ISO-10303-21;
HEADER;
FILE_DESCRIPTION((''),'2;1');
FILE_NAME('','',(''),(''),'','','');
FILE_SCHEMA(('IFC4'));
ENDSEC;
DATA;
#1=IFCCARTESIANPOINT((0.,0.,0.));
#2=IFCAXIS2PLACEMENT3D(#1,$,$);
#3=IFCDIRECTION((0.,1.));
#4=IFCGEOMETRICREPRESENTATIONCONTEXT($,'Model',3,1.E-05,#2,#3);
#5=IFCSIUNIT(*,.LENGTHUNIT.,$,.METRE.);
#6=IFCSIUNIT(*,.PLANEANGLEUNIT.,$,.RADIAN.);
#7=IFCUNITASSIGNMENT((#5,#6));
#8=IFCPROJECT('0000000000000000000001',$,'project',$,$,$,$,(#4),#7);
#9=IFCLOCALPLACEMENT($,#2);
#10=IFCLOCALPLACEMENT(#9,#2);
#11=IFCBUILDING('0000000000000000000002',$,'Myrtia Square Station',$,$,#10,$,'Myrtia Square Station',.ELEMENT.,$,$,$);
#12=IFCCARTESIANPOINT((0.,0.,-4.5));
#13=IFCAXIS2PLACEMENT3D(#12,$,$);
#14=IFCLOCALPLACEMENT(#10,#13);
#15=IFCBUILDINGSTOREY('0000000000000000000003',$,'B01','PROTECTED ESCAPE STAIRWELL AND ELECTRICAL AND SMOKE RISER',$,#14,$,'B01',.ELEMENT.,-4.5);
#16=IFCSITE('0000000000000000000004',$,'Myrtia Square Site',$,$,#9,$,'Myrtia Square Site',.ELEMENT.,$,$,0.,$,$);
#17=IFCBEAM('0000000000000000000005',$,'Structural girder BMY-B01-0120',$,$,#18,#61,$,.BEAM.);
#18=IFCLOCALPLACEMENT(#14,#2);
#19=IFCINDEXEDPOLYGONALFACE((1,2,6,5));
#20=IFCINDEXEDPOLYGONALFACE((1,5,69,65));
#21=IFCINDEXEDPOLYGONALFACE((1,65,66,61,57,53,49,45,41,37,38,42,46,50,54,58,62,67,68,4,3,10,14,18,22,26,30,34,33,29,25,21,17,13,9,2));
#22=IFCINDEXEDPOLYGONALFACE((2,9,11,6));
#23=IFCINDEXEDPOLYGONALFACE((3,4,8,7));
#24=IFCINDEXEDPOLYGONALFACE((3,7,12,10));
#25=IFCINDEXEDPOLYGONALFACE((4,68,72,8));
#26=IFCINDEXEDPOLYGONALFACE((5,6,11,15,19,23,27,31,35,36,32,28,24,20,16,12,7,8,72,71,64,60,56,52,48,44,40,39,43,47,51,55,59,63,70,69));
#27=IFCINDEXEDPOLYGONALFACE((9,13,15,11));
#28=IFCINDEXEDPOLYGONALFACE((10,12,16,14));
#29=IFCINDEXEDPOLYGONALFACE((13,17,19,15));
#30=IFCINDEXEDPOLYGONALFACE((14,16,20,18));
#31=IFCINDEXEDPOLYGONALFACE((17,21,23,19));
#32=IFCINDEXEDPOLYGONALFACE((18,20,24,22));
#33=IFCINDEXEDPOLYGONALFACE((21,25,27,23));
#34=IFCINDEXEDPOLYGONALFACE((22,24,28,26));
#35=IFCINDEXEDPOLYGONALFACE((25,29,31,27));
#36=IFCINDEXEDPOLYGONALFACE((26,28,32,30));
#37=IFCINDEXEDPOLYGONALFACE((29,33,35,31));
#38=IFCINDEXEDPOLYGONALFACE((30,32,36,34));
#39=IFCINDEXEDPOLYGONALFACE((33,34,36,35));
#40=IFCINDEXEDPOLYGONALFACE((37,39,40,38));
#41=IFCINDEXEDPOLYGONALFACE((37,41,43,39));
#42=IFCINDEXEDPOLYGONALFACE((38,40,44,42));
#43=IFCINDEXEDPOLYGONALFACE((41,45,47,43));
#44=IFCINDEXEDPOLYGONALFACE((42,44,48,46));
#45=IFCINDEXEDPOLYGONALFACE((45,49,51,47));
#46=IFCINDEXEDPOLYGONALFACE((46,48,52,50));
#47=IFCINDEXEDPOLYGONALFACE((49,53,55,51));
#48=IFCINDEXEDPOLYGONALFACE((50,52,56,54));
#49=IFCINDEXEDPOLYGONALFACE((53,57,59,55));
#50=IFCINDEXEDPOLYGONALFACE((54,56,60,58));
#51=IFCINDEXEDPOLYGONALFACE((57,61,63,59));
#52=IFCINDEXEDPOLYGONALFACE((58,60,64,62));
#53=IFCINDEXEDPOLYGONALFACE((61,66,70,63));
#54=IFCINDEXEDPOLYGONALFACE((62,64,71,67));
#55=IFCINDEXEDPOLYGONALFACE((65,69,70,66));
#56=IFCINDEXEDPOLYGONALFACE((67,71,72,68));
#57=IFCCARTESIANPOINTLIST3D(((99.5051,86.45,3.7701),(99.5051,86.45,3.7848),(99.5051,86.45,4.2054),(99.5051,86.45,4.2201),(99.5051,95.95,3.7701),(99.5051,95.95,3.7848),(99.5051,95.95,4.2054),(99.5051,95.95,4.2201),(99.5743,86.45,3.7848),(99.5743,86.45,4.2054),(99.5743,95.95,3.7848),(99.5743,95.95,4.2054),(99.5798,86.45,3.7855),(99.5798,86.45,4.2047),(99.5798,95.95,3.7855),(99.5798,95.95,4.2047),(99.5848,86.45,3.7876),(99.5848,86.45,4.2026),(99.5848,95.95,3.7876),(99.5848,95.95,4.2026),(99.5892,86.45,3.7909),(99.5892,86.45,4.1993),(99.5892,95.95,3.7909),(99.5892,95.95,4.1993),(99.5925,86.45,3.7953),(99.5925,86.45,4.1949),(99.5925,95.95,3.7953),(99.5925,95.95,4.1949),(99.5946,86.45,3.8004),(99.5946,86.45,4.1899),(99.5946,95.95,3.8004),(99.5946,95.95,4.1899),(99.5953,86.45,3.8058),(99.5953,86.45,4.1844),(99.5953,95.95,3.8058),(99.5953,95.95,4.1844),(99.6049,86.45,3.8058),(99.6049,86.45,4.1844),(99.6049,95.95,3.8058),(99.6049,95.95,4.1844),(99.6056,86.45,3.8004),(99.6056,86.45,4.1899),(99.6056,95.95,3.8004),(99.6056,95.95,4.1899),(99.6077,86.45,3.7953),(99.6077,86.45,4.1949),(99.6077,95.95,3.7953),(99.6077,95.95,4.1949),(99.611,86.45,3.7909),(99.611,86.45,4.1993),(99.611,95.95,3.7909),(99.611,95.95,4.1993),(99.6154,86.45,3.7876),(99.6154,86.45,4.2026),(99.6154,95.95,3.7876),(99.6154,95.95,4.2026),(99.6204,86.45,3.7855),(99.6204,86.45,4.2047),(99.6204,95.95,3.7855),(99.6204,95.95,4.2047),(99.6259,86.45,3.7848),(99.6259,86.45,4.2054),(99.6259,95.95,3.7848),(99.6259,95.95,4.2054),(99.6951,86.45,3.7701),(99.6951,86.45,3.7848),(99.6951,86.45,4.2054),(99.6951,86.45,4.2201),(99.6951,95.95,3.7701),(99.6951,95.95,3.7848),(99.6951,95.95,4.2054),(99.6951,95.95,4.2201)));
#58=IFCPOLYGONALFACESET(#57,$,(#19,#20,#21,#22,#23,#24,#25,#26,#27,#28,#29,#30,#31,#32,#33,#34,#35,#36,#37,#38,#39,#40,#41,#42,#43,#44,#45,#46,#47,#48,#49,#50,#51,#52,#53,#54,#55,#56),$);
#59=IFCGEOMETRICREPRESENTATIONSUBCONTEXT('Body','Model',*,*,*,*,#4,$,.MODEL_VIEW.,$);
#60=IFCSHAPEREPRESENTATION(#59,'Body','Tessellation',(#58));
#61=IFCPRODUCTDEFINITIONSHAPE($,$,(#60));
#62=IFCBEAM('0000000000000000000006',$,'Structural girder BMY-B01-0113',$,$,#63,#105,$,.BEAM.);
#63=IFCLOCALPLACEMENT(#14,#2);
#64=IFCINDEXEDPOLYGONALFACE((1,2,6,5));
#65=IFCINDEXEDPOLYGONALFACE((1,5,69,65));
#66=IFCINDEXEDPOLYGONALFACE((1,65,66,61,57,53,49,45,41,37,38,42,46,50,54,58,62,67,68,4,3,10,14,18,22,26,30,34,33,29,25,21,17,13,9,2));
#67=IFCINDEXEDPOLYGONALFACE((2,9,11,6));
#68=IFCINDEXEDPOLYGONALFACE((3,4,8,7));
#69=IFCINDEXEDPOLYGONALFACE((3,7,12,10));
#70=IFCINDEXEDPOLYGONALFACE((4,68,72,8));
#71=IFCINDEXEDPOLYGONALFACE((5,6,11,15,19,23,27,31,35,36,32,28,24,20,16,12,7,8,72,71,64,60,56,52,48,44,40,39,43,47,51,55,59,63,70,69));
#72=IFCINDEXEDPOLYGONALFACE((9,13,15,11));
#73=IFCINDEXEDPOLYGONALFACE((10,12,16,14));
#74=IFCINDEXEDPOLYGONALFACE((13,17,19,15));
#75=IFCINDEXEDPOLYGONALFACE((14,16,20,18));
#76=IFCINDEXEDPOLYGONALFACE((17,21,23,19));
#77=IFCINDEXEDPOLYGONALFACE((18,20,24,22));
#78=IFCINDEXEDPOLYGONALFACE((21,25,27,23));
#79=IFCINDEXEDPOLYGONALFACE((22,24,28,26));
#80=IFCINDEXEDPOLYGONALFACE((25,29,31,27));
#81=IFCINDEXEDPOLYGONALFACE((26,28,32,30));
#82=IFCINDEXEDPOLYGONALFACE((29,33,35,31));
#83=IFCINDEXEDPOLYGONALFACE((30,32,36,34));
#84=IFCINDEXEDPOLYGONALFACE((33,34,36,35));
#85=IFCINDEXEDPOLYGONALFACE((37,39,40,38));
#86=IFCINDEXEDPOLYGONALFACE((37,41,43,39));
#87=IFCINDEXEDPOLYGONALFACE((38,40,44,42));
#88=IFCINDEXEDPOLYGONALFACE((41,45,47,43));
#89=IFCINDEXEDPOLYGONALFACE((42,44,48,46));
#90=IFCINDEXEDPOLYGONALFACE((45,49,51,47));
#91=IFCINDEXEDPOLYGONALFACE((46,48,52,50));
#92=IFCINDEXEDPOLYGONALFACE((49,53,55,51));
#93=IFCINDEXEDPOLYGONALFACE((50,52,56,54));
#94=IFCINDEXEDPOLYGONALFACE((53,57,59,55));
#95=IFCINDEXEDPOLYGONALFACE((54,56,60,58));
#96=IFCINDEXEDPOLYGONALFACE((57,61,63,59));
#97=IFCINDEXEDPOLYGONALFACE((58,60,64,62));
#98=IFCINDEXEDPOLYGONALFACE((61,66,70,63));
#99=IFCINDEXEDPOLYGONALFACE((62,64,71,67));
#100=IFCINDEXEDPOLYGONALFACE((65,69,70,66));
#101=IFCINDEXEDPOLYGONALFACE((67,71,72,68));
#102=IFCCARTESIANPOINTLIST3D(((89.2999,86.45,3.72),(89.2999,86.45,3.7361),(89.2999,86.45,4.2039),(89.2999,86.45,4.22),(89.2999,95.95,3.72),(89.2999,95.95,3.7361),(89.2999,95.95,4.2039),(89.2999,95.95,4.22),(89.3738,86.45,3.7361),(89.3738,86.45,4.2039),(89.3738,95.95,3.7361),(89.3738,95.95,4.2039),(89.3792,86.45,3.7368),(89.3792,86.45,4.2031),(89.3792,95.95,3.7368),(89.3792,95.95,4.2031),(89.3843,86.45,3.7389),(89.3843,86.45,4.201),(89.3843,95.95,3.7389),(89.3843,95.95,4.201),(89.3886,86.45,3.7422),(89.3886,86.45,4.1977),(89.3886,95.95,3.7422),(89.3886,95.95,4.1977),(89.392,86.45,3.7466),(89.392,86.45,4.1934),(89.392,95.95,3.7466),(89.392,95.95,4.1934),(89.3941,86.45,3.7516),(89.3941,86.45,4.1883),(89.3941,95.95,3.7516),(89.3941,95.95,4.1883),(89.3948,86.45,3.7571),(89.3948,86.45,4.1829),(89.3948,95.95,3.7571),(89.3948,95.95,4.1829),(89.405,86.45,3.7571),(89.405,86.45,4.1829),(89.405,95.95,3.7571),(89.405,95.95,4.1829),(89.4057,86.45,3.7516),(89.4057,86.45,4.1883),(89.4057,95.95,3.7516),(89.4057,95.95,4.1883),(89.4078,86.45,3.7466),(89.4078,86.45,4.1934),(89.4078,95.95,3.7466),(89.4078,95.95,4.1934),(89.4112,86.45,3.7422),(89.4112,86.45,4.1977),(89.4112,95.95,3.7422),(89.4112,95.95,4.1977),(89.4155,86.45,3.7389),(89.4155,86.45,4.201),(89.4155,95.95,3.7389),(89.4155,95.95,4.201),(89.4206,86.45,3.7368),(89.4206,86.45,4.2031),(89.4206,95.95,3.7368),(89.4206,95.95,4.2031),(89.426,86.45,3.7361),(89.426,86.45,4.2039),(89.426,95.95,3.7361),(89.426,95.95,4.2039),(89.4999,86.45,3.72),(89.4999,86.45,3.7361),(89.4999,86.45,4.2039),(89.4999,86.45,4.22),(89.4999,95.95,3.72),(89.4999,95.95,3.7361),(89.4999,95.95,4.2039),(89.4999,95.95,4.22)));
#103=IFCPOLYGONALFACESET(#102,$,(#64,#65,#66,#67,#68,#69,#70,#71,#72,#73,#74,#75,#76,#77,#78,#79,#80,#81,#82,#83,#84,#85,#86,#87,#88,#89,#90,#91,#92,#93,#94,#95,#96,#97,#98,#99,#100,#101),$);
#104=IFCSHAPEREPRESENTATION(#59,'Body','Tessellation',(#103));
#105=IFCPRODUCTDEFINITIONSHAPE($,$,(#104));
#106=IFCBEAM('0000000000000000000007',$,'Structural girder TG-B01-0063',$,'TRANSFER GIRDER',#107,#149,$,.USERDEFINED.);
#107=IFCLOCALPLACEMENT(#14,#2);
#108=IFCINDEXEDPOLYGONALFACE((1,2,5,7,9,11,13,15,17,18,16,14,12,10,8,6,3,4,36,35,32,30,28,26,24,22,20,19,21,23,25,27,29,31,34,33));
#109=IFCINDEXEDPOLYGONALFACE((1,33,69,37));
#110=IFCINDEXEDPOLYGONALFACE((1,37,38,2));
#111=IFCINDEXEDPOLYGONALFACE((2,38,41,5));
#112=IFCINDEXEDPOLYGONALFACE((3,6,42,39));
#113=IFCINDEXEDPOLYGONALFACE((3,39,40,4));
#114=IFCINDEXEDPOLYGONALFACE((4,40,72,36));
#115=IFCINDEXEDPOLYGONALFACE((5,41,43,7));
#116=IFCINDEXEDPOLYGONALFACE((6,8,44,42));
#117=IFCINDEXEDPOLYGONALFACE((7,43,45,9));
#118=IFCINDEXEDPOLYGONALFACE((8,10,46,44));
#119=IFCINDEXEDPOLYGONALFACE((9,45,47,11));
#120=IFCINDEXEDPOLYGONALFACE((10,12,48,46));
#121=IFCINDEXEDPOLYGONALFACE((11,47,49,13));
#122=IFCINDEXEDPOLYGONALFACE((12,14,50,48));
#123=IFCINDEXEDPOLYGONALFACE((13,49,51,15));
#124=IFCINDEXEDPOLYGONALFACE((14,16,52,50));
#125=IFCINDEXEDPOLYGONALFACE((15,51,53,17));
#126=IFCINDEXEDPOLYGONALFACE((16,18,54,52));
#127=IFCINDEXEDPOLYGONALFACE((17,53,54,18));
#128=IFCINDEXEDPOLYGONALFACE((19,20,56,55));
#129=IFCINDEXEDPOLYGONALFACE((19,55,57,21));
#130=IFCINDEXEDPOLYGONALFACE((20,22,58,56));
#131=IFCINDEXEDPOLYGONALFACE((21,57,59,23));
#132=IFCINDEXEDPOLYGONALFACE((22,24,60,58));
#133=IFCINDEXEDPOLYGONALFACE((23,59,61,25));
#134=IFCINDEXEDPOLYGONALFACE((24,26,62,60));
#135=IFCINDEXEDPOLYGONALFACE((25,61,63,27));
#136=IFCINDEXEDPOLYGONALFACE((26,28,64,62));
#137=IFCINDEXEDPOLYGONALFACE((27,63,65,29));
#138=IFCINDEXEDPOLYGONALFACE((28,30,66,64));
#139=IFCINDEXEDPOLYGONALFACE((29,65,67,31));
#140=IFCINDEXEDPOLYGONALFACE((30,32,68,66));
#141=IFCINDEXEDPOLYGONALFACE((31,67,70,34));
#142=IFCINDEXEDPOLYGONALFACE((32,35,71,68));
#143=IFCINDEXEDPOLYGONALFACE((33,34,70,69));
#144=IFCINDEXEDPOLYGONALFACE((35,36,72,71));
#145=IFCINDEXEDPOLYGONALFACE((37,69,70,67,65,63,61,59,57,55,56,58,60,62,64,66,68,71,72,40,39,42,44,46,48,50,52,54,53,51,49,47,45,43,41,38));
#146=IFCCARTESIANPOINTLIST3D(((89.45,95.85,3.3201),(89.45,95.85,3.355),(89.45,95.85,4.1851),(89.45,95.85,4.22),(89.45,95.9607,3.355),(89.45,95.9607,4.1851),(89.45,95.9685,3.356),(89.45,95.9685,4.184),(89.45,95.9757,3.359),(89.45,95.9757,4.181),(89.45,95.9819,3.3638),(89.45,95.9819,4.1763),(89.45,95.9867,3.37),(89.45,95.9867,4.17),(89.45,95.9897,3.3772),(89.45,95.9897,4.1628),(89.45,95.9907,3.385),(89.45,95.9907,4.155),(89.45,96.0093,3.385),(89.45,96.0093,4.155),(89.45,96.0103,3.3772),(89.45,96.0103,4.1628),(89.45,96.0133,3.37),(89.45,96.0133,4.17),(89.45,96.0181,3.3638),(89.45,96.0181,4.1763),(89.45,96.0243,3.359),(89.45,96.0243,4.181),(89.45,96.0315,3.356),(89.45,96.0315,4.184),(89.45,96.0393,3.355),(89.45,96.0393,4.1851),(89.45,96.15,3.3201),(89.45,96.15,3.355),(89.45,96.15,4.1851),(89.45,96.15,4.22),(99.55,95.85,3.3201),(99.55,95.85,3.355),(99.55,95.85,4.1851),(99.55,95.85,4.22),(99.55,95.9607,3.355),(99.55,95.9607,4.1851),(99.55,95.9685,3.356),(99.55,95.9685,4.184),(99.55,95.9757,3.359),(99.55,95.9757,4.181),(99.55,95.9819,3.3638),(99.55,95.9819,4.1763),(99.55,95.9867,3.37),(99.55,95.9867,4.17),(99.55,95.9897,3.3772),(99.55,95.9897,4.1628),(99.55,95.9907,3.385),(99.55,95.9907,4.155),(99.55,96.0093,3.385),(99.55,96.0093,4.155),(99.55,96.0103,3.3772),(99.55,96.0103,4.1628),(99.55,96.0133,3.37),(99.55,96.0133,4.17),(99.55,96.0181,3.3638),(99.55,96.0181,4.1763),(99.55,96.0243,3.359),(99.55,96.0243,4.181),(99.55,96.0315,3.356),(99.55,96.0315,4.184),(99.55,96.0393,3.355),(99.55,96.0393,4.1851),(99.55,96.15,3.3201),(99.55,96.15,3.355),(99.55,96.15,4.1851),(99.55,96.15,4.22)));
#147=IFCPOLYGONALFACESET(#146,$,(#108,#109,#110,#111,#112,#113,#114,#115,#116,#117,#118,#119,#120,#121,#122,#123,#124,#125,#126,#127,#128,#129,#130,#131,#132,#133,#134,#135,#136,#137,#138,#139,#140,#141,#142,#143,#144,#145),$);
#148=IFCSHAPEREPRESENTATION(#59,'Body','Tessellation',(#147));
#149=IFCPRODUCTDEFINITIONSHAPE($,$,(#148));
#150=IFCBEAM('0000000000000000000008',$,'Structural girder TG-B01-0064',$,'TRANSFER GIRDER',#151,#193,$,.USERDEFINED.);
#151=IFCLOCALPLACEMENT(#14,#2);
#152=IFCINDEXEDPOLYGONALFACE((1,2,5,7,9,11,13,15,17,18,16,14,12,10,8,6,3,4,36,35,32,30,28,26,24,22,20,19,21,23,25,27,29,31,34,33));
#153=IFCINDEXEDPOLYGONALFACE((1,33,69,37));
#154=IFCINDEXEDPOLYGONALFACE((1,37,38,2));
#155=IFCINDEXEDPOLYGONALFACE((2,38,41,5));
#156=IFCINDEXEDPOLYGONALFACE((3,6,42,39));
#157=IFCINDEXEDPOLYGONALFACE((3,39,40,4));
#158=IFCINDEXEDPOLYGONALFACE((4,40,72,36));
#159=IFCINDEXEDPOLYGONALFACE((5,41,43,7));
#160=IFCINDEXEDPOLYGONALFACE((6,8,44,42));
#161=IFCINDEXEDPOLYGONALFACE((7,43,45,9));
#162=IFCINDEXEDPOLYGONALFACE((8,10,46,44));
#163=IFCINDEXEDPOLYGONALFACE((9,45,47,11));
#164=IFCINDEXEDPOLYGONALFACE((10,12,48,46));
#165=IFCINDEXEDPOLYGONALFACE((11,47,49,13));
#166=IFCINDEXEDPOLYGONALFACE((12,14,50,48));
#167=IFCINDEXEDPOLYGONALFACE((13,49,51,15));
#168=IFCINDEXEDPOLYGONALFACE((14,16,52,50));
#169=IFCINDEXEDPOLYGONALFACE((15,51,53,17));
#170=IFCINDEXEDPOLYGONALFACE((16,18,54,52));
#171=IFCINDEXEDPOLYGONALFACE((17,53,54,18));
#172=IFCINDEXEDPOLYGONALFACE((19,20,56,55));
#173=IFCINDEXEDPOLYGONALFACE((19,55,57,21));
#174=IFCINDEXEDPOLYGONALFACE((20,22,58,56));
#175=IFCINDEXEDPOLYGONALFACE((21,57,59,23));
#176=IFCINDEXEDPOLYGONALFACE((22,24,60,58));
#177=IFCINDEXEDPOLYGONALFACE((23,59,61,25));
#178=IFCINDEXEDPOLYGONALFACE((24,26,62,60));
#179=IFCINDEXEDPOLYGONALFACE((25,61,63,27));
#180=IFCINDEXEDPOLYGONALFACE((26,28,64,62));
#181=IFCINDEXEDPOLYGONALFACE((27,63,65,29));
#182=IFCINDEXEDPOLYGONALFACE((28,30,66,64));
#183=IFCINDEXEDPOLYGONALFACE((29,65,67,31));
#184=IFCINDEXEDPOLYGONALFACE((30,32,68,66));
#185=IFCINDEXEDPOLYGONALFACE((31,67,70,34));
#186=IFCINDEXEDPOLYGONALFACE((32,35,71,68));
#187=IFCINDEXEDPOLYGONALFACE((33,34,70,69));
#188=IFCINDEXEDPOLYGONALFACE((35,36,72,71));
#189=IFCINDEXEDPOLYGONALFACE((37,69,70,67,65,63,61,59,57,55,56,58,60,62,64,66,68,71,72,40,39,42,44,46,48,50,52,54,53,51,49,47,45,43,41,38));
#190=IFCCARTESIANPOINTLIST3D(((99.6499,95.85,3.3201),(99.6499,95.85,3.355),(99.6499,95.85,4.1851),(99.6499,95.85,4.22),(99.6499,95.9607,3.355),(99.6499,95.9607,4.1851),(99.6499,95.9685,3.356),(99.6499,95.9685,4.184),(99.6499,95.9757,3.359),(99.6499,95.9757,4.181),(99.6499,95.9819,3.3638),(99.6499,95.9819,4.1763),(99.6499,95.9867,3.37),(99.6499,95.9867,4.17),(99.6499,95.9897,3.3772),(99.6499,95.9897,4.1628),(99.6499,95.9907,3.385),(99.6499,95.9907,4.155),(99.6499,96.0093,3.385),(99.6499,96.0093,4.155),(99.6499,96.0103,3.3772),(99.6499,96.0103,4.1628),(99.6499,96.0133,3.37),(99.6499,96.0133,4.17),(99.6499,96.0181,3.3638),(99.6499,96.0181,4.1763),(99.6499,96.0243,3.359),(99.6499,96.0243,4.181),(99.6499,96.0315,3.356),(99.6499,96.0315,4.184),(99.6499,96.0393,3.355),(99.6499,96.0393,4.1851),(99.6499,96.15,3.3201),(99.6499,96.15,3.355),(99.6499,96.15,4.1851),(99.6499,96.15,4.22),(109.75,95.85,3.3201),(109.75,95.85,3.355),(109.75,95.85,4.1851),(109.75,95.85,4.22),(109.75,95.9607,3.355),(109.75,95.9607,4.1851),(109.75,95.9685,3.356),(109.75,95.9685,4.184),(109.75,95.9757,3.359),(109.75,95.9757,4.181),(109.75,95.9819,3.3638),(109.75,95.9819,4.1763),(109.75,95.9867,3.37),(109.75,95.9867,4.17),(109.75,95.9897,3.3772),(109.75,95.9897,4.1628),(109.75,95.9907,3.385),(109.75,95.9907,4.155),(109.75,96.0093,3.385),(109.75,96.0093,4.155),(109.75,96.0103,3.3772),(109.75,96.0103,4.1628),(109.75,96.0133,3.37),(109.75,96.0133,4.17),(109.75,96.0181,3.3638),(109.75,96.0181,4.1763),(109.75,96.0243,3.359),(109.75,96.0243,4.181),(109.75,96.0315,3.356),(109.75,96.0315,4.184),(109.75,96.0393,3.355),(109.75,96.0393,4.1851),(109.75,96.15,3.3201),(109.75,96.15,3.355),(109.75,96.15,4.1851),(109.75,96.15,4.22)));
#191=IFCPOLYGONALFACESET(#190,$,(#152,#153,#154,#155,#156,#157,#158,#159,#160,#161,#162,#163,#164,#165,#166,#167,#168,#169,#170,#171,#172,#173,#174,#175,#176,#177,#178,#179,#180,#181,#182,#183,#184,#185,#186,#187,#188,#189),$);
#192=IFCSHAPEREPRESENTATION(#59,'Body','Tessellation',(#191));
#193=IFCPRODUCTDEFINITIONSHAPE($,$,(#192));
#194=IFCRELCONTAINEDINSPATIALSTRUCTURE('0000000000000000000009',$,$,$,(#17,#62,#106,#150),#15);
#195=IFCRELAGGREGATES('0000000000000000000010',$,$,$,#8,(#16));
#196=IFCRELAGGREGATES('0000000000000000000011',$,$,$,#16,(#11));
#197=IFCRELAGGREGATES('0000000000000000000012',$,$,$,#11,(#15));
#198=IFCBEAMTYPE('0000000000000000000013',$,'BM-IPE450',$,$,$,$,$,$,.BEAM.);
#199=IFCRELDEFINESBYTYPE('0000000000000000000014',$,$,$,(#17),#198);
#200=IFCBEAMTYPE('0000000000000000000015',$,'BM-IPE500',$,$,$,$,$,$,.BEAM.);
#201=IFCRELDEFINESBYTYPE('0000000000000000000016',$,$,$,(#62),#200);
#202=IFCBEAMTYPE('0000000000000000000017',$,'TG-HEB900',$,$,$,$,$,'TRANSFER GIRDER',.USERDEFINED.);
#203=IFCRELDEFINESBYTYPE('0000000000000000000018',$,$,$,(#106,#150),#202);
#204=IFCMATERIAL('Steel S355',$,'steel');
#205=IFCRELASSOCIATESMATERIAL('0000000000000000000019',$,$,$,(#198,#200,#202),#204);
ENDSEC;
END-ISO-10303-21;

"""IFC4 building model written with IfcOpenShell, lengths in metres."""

from ifc_helpers import new_model, si_unit, direction, frame, origin, origin_2d, place, context, subcontext, project, spatial, i_section, extrude, material, material_profile, profile_set, type_object, element, save


model = new_model("IFC4")

# Units and contexts
model_context = context("Model", 3, precision=1e-05, world=origin(), true_north=direction((0.0, 1.0)))
body_context = subcontext(model_context, "Body", "Model", "MODEL_VIEW")
ifc_project = project(units=[si_unit("LENGTHUNIT", "METRE"), si_unit("PLANEANGLEUNIT", "RADIAN")], contexts=[model_context])

# Site, building, storey
site_placement = place(None, origin())
site = spatial("IfcSite", under=ifc_project, at=site_placement, Name="Myrtia Square Site", LongName="Myrtia Square Site", CompositionType="ELEMENT", RefElevation=0.0)
building_placement = place(site_placement, origin())
building = spatial("IfcBuilding", under=site, at=building_placement, Name="Myrtia Square Station", LongName="Myrtia Square Station", CompositionType="ELEMENT")
storey_placement = place(building_placement, frame((0.0, 0.0, -4.5)))
storey = spatial("IfcBuildingStorey", under=building, at=storey_placement, Name="B01", Description="PROTECTED ESCAPE STAIRWELL AND ELECTRICAL AND SMOKE RISER", LongName="B01", CompositionType="ELEMENT", Elevation=-4.5)

# Beams
ifc_material_1 = material(Name="Steel S355", Category="steel")
ifc_material_profile_1 = material_profile(ifc_material_1, i_section(OverallWidth=0.1899, OverallDepth=0.45, WebThickness=0.0095, FlangeThickness=0.0146, FilletRadius=0.021, at=origin_2d()), Name="IPE 450")
ifc_profile_set_1 = profile_set([ifc_material_profile_1], Name="Steel S355")
beam_type_1 = type_object("IfcBeamType", Name="BM-IPE450", PredefinedType="BEAM", material=ifc_profile_set_1)
beam_1_placement = place(storey_placement, frame((99.6001, 86.45, 3.9951), z_axis=(0.0, 1.0, 0.0), x_axis=(-1.0, 0.0, 0.0)))
element("IfcBeam", 1, at=beam_1_placement, inside=storey, type_object=beam_type_1, Name="Structural girder BMY-B01-0120", PredefinedType="BEAM", context=body_context, shape_type="SweptSolid", body=[
    extrude(i_section(OverallWidth=0.1899, OverallDepth=0.45, WebThickness=0.0095, FlangeThickness=0.0146, FilletRadius=0.021, at=origin_2d()), origin(), (0.0, 0.0, 1.0), 9.5),
])
ifc_material_profile_2 = material_profile(ifc_material_1, i_section(OverallWidth=0.2, OverallDepth=0.5, WebThickness=0.0103, FlangeThickness=0.0161, FilletRadius=0.021, at=origin_2d()), Name="IPE 500")
ifc_profile_set_2 = profile_set([ifc_material_profile_2], Name="Steel S355")
beam_type_2 = type_object("IfcBeamType", Name="BM-IPE500", PredefinedType="BEAM", material=ifc_profile_set_2)
beam_2_placement = place(storey_placement, frame((89.3999, 86.45, 3.97), z_axis=(0.0, 1.0, 0.0), x_axis=(-1.0, 0.0, 0.0)))
element("IfcBeam", 2, at=beam_2_placement, inside=storey, type_object=beam_type_2, Name="Structural girder BMY-B01-0113", PredefinedType="BEAM", context=body_context, shape_type="SweptSolid", body=[
    extrude(i_section(OverallWidth=0.2, OverallDepth=0.5, WebThickness=0.0103, FlangeThickness=0.0161, FilletRadius=0.021, at=origin_2d()), origin(), (0.0, 0.0, 1.0), 9.5),
])
ifc_material_profile_3 = material_profile(ifc_material_1, i_section(OverallWidth=0.3, OverallDepth=0.8999, WebThickness=0.0186, FlangeThickness=0.0349, FilletRadius=0.03, at=origin_2d()), Name="HEB 900")
ifc_profile_set_3 = profile_set([ifc_material_profile_3], Name="Steel S355")
beam_type_3 = type_object("IfcBeamType", Name="TG-HEB900", ElementType="TRANSFER GIRDER", PredefinedType="USERDEFINED", material=ifc_profile_set_3)
for number, where, z_axis, x_axis, name in (
    (3, (89.45, 96.0, 3.77), (1.0, 0.0, 0.0), (0.0, 1.0, 0.0), "Structural girder TG-B01-0063"),
    (4, (99.6499, 96.0, 3.77), (1.0, 0.0, 0.0), (0.0, 1.0, 0.0), "Structural girder TG-B01-0064"),
):
    element("IfcBeam", number, at=place(storey_placement, frame(where, z_axis=z_axis, x_axis=x_axis)), inside=storey, type_object=beam_type_3, Name=name, ObjectType="TRANSFER GIRDER", PredefinedType="USERDEFINED", context=body_context, shape_type="SweptSolid", body=[
        extrude(i_section(OverallWidth=0.3, OverallDepth=0.8999, WebThickness=0.0186, FlangeThickness=0.0349, FilletRadius=0.03, at=origin_2d()), origin(), (0.0, 0.0, 1.0), 10.1001),
    ])

save(model, "model.ifc")
